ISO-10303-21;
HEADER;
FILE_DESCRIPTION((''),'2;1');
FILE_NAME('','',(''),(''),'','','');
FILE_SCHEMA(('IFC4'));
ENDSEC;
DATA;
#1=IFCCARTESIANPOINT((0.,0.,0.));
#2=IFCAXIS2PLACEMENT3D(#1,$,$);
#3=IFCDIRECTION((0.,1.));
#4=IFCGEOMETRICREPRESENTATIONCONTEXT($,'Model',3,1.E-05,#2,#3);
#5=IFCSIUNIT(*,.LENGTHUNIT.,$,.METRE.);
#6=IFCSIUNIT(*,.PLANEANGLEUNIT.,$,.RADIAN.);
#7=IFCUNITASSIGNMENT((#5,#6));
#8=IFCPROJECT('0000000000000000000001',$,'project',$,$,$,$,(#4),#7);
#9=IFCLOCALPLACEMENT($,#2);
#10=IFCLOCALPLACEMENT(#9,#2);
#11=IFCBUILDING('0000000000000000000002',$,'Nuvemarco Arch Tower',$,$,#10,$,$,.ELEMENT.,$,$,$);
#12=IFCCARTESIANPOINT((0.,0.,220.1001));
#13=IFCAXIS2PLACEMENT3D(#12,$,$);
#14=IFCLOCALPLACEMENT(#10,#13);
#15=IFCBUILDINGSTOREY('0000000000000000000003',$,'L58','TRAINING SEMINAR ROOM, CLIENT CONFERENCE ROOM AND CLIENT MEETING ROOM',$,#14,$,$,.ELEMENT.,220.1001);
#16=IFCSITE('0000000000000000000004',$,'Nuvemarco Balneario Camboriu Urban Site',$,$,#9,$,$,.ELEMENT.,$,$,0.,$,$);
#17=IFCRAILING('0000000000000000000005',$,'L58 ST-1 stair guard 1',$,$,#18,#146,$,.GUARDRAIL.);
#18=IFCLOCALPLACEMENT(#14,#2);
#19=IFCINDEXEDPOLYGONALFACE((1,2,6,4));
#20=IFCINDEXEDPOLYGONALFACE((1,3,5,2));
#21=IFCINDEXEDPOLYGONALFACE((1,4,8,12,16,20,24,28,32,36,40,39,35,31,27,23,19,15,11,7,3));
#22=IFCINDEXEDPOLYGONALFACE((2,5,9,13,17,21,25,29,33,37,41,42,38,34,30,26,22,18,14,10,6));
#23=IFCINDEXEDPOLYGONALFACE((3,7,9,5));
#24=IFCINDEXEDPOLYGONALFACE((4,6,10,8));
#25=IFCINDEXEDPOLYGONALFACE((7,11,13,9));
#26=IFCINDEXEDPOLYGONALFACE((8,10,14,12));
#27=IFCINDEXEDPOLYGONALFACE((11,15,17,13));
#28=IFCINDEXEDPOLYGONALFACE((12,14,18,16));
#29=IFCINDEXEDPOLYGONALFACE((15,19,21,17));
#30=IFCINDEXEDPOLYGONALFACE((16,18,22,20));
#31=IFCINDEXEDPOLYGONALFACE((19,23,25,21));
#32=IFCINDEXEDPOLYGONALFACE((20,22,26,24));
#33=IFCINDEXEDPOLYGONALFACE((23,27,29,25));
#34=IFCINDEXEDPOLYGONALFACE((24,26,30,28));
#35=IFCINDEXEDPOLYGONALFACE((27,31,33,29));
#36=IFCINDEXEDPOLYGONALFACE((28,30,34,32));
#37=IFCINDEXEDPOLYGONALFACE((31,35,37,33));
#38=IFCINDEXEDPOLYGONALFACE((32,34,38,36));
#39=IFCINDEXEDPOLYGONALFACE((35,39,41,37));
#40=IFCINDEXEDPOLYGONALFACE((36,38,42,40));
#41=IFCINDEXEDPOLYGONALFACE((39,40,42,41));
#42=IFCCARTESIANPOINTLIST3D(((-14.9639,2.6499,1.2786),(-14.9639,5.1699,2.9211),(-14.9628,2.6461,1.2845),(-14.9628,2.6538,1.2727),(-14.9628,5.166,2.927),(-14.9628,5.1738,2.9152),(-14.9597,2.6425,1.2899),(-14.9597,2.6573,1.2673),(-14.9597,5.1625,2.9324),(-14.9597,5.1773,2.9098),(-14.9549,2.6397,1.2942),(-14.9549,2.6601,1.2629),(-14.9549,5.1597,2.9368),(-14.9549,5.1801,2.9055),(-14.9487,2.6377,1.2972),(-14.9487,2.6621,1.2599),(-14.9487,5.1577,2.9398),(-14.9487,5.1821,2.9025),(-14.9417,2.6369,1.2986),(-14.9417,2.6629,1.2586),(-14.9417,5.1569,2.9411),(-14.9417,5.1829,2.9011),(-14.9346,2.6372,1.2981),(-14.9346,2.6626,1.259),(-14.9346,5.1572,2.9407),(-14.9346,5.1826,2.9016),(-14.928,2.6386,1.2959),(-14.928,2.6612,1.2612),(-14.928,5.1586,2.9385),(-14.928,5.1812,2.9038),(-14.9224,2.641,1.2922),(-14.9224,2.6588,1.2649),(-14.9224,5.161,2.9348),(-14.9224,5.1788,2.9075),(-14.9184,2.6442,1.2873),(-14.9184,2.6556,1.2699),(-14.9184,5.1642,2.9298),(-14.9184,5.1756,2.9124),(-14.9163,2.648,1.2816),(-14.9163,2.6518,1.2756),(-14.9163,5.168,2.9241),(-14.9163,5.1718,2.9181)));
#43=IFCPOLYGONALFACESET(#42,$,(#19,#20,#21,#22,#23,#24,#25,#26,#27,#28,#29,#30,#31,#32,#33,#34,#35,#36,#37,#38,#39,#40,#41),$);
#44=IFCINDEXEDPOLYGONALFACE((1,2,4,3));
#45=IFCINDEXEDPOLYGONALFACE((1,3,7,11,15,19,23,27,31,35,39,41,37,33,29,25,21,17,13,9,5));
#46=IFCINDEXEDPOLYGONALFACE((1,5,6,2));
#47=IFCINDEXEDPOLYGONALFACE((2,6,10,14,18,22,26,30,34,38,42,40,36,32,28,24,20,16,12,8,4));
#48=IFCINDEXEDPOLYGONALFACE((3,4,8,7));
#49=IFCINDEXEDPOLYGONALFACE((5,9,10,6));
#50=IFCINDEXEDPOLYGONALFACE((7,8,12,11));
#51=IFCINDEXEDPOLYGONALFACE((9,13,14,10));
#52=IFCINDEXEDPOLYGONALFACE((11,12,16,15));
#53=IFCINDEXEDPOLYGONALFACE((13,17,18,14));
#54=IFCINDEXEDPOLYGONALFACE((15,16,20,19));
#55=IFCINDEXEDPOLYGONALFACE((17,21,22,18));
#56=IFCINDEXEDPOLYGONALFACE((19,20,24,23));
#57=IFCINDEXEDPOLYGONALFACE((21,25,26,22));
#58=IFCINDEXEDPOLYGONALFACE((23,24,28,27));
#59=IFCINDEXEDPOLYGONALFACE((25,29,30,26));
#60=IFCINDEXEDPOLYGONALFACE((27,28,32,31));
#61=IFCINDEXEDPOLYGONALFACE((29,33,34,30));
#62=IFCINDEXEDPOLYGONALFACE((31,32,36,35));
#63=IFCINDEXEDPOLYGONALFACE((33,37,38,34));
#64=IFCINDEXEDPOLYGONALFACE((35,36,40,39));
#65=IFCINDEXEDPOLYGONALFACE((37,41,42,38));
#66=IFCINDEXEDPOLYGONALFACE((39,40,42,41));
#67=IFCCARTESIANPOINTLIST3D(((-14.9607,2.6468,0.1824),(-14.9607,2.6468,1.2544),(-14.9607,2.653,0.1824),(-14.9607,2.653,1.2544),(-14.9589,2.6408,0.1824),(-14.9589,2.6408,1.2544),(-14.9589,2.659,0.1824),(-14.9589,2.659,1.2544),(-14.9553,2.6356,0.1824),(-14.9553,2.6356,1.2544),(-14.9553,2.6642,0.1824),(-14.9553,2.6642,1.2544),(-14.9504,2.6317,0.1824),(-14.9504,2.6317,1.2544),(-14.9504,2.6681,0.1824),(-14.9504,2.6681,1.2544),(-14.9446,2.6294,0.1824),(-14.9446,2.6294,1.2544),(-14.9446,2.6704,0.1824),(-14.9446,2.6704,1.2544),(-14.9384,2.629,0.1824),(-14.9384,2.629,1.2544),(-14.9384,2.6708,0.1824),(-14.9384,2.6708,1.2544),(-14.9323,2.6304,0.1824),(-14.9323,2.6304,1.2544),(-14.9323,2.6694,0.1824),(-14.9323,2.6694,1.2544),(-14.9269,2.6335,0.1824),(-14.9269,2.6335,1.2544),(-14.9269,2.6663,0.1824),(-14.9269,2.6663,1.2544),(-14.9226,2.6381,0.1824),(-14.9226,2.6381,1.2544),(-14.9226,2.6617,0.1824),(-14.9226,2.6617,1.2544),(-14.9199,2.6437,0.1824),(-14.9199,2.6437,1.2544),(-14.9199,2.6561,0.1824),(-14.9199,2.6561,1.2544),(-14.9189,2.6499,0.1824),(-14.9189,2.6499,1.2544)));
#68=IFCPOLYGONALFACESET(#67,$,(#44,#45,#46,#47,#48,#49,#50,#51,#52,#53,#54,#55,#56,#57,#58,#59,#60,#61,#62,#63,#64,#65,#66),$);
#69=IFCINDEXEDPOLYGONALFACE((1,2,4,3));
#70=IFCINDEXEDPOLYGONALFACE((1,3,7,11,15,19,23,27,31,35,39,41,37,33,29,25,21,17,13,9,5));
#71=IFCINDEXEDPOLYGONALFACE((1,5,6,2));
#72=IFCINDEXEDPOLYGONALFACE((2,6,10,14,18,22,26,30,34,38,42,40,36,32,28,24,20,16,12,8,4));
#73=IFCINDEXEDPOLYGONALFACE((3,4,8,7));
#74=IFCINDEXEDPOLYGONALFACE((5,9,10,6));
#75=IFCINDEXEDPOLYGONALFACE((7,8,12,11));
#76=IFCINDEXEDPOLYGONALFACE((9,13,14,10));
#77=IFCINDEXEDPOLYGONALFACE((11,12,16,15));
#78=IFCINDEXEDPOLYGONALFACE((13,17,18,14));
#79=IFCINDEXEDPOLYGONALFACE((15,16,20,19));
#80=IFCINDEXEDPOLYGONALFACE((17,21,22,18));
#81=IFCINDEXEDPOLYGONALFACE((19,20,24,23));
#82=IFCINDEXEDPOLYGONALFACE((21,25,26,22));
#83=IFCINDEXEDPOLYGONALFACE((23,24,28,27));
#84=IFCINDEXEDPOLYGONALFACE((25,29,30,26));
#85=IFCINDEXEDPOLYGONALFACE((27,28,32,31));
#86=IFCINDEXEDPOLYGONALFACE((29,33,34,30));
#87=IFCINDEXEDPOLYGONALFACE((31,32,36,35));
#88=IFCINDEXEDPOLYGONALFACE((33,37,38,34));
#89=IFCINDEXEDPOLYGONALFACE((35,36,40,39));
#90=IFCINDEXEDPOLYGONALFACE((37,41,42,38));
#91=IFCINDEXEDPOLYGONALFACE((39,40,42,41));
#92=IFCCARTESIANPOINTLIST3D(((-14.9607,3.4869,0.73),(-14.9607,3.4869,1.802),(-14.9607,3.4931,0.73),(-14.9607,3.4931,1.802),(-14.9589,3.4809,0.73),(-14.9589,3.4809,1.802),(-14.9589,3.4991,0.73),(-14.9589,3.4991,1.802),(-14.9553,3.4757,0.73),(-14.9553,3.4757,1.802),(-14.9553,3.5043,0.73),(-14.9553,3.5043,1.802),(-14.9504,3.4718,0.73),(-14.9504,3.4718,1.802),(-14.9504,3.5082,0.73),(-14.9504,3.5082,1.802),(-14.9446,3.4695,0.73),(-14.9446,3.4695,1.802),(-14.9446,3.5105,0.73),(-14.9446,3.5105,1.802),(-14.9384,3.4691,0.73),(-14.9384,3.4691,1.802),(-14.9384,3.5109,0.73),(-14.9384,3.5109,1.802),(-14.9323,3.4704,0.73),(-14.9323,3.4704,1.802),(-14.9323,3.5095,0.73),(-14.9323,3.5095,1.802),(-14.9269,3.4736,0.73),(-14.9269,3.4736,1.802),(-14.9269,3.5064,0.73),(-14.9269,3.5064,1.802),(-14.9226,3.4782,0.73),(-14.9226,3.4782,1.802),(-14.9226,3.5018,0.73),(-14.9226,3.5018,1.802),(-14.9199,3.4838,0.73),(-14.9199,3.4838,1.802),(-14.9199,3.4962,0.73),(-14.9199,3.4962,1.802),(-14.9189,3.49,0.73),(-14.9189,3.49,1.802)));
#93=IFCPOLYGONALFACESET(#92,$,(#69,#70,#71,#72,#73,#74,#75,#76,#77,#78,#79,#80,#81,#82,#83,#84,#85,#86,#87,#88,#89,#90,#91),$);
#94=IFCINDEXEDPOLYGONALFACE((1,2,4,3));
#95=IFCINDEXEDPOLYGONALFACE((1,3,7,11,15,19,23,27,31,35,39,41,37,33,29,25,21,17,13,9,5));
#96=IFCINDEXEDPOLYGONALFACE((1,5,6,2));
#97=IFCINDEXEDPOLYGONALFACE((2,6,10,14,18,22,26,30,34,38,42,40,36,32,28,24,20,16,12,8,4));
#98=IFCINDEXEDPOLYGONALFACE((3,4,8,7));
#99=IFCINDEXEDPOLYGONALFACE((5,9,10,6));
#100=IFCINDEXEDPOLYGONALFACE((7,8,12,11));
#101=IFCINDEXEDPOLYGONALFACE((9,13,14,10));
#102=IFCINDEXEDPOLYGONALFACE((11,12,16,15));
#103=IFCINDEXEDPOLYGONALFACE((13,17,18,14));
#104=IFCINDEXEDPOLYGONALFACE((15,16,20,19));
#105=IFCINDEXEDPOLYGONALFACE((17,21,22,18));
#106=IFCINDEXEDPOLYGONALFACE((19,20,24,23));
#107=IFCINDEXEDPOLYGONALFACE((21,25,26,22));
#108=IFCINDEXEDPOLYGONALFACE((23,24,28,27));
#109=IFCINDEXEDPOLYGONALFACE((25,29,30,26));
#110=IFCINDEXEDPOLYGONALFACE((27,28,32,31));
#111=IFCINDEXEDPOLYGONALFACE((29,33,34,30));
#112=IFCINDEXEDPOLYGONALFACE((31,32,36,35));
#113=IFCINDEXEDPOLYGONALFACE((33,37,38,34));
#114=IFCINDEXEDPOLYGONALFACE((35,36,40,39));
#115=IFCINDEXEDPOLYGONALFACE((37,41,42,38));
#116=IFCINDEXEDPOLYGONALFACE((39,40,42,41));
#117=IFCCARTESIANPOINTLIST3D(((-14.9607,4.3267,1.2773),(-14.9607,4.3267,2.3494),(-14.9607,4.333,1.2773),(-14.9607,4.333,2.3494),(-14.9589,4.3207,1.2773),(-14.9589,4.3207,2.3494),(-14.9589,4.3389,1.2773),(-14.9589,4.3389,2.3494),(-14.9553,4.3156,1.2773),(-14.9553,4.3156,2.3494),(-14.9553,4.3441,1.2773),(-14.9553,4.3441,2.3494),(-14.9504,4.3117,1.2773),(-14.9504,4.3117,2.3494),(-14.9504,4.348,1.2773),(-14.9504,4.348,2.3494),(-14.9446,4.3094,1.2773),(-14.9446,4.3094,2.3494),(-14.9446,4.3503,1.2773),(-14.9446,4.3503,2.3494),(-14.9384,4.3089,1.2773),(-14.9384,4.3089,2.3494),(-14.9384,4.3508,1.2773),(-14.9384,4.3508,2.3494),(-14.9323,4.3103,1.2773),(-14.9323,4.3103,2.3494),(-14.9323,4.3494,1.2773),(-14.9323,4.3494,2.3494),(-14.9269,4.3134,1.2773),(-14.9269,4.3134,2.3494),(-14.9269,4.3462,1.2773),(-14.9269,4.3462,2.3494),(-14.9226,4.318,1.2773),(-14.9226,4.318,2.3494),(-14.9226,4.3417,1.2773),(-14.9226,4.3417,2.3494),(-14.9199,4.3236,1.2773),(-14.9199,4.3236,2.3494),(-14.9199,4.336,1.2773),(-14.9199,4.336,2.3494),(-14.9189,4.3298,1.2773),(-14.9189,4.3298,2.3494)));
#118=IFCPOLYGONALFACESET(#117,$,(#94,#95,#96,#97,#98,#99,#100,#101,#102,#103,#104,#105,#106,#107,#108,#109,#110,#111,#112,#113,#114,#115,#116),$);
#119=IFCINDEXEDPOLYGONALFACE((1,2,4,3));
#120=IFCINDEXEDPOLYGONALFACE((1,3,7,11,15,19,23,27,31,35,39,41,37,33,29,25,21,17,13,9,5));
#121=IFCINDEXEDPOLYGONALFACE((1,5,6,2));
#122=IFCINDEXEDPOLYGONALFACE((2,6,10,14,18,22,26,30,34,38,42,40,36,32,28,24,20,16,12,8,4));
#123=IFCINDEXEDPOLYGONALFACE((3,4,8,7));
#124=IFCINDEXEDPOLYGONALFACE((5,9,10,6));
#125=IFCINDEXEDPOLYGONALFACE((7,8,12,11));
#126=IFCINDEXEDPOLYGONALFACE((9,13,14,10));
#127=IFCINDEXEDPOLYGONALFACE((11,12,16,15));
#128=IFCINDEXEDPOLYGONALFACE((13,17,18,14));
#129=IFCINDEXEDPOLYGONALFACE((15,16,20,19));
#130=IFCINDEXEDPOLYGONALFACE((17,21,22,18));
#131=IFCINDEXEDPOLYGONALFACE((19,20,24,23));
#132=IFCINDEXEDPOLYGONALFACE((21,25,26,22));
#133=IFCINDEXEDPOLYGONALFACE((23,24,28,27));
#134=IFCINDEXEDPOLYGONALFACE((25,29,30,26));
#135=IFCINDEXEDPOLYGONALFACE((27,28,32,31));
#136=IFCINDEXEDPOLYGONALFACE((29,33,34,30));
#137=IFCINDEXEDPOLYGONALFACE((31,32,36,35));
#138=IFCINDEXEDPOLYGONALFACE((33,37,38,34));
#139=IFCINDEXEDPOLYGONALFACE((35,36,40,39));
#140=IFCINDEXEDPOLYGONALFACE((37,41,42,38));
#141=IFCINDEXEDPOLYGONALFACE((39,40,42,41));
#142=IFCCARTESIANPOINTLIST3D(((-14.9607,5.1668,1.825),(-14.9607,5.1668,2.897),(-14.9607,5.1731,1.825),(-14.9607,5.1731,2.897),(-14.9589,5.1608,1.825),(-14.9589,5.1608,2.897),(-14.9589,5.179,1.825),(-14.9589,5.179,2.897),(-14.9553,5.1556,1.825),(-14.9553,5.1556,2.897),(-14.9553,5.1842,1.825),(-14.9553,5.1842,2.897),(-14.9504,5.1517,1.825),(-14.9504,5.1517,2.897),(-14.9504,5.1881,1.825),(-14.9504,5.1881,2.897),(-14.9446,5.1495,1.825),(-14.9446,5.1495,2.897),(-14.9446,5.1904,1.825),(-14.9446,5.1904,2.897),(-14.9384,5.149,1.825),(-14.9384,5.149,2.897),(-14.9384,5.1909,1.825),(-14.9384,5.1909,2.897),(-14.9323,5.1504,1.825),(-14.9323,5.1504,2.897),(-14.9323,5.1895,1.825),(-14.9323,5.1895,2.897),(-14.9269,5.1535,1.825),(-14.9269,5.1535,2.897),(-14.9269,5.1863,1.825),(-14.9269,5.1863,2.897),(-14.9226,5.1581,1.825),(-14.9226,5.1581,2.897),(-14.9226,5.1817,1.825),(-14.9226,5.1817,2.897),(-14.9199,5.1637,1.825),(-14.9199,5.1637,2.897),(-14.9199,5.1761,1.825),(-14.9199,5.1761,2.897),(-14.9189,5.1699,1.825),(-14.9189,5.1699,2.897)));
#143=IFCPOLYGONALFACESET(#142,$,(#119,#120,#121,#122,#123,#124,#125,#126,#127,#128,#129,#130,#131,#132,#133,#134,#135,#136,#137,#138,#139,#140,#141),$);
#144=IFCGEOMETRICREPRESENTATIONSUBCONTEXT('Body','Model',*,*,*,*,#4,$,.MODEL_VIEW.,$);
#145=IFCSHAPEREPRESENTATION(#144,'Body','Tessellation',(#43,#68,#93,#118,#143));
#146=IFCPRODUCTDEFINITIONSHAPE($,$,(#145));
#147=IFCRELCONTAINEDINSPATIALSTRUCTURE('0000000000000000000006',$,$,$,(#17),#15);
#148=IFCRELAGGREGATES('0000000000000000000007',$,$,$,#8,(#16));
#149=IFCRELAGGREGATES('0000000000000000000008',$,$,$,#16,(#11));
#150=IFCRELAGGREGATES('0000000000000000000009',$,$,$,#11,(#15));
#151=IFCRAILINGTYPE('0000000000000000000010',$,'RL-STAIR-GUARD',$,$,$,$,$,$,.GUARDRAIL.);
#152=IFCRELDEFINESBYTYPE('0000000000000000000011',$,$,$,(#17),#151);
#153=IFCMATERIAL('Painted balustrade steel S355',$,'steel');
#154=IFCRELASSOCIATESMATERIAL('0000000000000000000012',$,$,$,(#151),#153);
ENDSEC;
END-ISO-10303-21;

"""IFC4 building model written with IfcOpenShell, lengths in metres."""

from ifc_helpers import new_model, si_unit, direction, frame, origin, origin_2d, place, context, subcontext, project, spatial, circle, extrude, material, type_object, element, save


model = new_model("IFC4")

# Units and contexts
model_context = context("Model", 3, precision=1e-05, world=origin(), true_north=direction((0.0, 1.0)))
body_context = subcontext(model_context, "Body", "Model", "MODEL_VIEW")
ifc_project = project(units=[si_unit("LENGTHUNIT", "METRE"), si_unit("PLANEANGLEUNIT", "RADIAN")], contexts=[model_context])

# Site, building, storey
site_placement = place(None, origin())
site = spatial("IfcSite", under=ifc_project, at=site_placement, Name="Nuvemarco Balneario Camboriu Urban Site", CompositionType="ELEMENT", RefElevation=0.0)
building_placement = place(site_placement, origin())
building = spatial("IfcBuilding", under=site, at=building_placement, Name="Nuvemarco Arch Tower", CompositionType="ELEMENT")
storey_placement = place(building_placement, frame((0.0, 0.0, 220.1001)))
storey = spatial("IfcBuildingStorey", under=building, at=storey_placement, Name="L58", Description="TRAINING SEMINAR ROOM, CLIENT CONFERENCE ROOM AND CLIENT MEETING ROOM", CompositionType="ELEMENT", Elevation=220.1001)

# Railing
ifc_material_1 = material(Name="Painted balustrade steel S355", Category="steel")
railing_type_1 = type_object("IfcRailingType", Name="RL-STAIR-GUARD", PredefinedType="GUARDRAIL", material=ifc_material_1)
railing_1_placement = place(storey_placement, frame((-14.9399, 2.6499, 0.1824)))
element("IfcRailing", 1, at=railing_1_placement, inside=storey, type_object=railing_type_1, Name="L58 ST-1 stair guard 1", PredefinedType="GUARDRAIL", context=body_context, shape_type="SweptSolid", body=[
    extrude(circle(Radius=0.0239, at=origin_2d()), frame((0.0, 0.0, 1.0962), z_axis=(0.0, 0.837749, 0.546055), x_axis=(-1.0, 0.0, 0.0)), (0.0, 0.0, 1.0), 3.0081),
    extrude(circle(Radius=0.021, at=origin_2d()), origin(), (0.0, 0.0, 1.0), 1.072),
    extrude(circle(Radius=0.021, at=origin_2d()), frame((0.0, 0.8401, 0.5476)), (0.0, 0.0, 1.0), 1.072),
    extrude(circle(Radius=0.021, at=origin_2d()), frame((0.0, 1.6799, 1.095)), (0.0, 0.0, 1.0), 1.072),
    extrude(circle(Radius=0.021, at=origin_2d()), frame((0.0, 2.52, 1.6426)), (0.0, 0.0, 1.0), 1.072),
])

save(model, "model.ifc")
